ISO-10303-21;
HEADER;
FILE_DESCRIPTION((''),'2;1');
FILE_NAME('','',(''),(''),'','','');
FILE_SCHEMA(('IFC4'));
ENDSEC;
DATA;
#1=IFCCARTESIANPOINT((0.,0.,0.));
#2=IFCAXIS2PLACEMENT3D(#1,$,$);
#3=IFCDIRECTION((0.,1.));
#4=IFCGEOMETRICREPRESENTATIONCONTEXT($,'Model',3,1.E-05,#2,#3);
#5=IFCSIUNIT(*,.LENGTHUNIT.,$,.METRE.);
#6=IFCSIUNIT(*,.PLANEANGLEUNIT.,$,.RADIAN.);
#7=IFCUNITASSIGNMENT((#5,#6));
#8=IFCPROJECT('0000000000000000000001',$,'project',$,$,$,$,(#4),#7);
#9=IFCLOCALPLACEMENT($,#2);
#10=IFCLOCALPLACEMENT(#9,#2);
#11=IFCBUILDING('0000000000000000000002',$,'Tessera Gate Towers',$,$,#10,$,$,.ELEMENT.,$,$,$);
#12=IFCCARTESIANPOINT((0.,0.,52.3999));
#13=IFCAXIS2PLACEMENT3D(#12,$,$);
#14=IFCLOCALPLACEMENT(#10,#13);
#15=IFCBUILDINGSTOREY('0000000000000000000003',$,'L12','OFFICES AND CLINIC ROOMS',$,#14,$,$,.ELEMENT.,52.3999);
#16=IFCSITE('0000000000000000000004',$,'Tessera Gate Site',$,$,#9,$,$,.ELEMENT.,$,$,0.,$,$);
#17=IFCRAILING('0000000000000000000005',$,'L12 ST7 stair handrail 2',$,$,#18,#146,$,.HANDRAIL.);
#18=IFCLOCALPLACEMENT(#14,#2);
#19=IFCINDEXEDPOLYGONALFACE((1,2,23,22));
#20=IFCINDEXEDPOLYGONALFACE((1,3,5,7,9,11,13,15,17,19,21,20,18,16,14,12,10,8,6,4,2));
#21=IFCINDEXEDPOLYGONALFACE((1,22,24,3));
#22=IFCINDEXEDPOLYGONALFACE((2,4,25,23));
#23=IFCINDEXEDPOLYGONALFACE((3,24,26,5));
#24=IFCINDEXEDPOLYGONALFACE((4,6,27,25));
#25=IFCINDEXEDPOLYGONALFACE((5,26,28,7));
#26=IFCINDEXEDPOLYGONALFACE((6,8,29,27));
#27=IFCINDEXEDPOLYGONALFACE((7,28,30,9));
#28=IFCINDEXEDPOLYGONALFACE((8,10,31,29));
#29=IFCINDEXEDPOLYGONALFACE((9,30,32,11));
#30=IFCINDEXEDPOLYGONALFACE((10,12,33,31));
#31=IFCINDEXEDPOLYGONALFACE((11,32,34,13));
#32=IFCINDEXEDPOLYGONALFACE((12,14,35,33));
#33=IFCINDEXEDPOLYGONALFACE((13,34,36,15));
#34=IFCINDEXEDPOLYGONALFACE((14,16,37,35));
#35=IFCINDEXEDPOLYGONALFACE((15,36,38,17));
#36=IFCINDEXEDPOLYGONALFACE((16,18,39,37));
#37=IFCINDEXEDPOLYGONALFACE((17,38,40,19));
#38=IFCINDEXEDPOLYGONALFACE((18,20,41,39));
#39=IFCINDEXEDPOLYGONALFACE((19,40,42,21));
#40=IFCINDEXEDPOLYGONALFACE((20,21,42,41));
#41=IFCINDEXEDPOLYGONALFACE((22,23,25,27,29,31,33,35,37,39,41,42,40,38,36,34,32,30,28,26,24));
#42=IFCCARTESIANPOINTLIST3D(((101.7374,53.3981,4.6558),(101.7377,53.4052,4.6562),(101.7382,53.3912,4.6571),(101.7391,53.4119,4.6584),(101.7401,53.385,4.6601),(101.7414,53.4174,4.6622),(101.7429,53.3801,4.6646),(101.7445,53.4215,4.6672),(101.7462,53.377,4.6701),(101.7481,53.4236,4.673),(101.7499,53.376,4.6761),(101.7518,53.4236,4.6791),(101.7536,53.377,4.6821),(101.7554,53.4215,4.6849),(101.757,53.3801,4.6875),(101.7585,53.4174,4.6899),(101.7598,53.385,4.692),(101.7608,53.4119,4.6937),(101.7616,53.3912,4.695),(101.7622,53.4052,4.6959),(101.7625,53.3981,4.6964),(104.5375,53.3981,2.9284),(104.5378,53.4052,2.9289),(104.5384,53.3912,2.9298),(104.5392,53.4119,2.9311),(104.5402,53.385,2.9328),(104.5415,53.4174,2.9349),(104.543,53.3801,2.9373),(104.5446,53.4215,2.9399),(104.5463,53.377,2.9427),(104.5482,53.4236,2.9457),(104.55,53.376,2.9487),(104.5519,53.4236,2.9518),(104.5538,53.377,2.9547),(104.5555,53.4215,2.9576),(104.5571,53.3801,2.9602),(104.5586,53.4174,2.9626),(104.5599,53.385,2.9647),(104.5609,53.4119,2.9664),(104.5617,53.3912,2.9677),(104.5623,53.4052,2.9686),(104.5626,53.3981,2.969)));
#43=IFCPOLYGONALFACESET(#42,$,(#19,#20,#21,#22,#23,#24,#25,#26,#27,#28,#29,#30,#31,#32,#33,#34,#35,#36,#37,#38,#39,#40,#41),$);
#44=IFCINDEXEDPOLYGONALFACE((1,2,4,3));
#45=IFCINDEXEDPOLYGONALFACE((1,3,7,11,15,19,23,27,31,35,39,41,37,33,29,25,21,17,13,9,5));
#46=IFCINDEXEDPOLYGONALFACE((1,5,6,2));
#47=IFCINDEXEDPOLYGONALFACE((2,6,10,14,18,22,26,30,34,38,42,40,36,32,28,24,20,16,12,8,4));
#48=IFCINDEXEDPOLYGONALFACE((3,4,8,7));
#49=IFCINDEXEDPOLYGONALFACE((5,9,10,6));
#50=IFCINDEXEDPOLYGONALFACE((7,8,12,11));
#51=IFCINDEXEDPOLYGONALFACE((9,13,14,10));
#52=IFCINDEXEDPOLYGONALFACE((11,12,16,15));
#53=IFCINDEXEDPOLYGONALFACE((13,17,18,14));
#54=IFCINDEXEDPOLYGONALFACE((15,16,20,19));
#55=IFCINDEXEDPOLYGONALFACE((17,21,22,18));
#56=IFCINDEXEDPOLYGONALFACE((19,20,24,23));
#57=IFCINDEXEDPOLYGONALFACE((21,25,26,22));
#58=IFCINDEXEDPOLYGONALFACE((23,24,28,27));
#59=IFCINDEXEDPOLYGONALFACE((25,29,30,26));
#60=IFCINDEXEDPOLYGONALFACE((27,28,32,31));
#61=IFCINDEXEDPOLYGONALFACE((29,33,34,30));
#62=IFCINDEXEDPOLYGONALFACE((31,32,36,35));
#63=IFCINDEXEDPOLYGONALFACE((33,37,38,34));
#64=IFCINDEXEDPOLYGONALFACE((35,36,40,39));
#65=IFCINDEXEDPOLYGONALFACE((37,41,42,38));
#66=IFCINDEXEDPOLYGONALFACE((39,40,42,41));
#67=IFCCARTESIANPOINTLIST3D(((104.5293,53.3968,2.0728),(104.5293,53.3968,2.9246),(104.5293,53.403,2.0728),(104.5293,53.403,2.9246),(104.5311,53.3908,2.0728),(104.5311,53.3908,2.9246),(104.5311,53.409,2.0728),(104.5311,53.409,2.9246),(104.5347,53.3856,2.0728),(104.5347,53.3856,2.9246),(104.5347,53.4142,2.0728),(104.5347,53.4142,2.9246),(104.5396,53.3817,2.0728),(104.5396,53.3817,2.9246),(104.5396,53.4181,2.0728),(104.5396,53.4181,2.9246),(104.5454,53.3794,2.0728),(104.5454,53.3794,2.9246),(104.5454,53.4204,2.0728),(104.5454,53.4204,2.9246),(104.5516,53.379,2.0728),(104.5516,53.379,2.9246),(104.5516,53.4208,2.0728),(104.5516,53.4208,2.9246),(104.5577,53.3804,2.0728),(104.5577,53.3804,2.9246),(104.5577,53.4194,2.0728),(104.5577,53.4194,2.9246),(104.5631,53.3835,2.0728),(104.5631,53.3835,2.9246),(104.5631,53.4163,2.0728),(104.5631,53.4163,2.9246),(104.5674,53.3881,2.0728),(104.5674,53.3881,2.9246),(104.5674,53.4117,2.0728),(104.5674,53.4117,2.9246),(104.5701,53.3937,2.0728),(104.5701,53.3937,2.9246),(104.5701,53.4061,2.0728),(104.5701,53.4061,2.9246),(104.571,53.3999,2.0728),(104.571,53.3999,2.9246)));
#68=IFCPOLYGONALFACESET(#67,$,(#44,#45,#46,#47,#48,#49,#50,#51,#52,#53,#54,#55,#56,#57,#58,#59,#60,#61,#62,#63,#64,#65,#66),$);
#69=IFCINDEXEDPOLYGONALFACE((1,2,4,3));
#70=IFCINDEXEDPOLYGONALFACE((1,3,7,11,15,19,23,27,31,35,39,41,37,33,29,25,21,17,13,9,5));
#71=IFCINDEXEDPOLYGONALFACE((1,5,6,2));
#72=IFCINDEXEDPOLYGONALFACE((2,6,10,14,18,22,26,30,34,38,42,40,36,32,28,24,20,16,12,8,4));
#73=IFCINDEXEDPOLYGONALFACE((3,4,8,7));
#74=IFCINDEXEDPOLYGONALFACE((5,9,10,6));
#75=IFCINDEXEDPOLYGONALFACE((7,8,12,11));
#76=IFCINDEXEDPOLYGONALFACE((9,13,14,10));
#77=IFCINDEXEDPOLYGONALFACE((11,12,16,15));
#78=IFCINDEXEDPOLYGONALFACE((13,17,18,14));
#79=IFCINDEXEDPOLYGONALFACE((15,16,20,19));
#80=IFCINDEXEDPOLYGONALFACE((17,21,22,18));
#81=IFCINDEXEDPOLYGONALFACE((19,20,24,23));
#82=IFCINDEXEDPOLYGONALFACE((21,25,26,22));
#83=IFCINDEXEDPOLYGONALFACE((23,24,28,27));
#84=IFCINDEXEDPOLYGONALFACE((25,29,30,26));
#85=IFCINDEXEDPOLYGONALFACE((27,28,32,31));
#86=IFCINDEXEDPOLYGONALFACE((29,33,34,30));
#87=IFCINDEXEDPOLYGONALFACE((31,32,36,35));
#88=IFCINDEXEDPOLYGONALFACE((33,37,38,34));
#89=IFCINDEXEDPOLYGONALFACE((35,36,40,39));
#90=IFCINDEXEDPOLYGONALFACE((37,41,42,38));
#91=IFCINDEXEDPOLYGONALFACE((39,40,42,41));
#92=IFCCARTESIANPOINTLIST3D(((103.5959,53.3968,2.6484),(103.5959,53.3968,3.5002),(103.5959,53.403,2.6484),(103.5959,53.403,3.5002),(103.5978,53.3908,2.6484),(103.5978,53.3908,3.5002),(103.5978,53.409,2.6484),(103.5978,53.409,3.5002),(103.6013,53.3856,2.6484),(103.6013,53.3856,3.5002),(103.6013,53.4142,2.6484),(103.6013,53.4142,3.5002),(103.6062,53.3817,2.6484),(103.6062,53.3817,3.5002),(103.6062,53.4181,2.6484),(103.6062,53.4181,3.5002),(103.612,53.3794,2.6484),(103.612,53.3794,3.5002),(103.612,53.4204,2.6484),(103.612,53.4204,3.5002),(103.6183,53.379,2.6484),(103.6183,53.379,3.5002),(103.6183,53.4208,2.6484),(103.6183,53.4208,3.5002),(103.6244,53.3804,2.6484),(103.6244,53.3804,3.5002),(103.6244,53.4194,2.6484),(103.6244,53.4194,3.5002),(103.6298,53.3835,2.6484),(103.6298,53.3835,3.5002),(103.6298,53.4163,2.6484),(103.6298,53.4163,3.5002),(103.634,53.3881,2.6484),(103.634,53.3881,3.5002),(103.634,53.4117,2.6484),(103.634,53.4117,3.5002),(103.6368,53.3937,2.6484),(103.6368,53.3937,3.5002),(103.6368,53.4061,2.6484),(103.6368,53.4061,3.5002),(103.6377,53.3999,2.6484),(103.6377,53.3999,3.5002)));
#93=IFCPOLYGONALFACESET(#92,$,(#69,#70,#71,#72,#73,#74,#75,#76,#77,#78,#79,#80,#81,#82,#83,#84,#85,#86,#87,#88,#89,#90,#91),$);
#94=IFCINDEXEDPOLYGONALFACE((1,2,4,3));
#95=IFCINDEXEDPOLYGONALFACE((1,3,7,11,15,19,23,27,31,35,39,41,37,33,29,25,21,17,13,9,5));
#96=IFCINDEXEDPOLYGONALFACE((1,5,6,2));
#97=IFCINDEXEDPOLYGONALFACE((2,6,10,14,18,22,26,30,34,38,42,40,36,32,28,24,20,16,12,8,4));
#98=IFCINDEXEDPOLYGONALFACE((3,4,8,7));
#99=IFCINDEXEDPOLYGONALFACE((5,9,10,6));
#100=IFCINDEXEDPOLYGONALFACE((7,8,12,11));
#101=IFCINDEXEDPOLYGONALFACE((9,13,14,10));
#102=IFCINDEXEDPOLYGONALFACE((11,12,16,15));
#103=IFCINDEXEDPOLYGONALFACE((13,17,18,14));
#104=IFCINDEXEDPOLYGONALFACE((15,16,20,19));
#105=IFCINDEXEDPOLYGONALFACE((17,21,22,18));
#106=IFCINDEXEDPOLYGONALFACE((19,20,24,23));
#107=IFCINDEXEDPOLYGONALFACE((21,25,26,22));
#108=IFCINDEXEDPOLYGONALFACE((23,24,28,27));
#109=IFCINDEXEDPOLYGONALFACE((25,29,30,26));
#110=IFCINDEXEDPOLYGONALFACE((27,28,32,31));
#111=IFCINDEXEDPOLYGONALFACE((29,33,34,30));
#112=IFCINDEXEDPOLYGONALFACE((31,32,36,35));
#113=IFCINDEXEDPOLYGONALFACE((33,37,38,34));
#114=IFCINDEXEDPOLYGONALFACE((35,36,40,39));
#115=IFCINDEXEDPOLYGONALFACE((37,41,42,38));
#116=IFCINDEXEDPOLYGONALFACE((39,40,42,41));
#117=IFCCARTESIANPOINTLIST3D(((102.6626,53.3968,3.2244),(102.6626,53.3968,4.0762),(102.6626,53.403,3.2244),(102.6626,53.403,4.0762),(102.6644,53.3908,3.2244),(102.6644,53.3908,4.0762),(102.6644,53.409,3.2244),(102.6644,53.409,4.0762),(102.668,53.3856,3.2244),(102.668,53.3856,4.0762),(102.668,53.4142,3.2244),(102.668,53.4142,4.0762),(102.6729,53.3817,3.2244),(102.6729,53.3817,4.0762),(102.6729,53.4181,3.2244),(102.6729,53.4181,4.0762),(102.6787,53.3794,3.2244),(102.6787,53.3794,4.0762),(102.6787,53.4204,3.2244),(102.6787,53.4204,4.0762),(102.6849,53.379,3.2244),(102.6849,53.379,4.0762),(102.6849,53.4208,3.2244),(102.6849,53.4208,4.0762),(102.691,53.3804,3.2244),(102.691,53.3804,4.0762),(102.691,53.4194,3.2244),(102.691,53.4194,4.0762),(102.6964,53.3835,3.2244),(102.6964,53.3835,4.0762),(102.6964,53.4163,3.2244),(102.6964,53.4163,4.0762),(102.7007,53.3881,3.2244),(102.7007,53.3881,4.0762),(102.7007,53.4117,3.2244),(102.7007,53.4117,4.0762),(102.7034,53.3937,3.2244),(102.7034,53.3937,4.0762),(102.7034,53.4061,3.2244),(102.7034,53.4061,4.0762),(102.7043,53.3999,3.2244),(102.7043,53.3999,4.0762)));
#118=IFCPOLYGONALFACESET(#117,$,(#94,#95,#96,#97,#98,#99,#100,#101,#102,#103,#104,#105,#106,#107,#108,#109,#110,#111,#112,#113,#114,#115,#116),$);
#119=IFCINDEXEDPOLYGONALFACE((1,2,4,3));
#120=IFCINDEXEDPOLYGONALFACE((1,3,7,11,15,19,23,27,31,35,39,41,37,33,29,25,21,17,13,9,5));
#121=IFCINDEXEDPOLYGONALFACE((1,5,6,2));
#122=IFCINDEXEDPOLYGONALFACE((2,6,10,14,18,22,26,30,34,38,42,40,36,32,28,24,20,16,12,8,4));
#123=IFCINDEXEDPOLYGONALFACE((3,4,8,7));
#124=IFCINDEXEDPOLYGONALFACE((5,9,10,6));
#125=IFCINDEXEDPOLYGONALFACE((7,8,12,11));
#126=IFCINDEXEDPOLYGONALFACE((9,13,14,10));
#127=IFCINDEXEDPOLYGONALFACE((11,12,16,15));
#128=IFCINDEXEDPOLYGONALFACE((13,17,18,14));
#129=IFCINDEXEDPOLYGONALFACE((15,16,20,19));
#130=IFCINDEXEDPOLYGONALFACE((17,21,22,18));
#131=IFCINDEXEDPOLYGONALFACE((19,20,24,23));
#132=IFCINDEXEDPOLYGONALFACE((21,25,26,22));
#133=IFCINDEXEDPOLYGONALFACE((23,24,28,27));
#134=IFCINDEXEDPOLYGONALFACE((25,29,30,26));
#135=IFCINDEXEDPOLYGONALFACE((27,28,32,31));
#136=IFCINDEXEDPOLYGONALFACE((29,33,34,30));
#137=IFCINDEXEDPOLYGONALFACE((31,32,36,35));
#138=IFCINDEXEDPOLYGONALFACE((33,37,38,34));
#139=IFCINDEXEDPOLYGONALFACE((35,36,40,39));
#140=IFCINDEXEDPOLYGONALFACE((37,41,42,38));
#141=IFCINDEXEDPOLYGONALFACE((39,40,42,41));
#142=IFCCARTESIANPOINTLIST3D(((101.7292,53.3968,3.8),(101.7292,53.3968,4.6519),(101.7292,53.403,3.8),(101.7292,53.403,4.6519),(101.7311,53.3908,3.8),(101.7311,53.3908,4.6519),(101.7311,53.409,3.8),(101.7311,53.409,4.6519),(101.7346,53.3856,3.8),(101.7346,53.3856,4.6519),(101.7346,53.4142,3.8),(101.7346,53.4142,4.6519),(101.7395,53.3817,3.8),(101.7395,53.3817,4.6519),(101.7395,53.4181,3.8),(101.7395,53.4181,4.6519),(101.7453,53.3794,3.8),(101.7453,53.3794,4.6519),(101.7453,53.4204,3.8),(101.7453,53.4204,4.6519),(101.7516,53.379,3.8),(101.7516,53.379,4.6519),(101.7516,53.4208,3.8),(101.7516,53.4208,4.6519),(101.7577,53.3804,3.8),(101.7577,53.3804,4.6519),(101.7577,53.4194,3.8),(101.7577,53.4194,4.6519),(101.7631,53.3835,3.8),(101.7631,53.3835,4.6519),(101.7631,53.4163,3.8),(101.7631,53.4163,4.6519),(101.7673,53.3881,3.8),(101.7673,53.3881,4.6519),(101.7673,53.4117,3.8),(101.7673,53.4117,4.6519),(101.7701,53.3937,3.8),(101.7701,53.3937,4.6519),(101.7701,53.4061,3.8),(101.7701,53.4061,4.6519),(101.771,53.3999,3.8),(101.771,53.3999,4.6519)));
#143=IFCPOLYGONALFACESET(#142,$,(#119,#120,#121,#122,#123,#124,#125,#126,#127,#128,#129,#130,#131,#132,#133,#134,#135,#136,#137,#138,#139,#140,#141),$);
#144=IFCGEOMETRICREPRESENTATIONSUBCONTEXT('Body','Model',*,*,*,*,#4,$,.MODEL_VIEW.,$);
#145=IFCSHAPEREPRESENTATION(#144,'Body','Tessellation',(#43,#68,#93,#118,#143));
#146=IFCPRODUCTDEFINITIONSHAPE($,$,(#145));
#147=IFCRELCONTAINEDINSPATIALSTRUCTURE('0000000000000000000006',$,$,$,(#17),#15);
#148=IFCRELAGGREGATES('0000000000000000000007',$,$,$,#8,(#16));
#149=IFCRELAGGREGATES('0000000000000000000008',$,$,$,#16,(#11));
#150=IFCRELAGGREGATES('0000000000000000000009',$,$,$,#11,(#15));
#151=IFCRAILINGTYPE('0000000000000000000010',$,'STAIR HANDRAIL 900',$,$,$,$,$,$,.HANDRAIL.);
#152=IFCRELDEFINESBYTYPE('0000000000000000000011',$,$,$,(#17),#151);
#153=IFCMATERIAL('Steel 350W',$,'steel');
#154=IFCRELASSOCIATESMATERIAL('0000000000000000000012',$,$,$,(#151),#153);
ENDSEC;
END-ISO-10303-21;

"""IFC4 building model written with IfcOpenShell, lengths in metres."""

from ifc_helpers import new_model, si_unit, direction, frame, origin, origin_2d, place, context, subcontext, project, spatial, circle, extrude, material, type_object, element, save


model = new_model("IFC4")

# Units and contexts
model_context = context("Model", 3, precision=1e-05, world=origin(), true_north=direction((0.0, 1.0)))
body_context = subcontext(model_context, "Body", "Model", "MODEL_VIEW")
ifc_project = project(units=[si_unit("LENGTHUNIT", "METRE"), si_unit("PLANEANGLEUNIT", "RADIAN")], contexts=[model_context])

# Site, building, storey
site_placement = place(None, origin())
site = spatial("IfcSite", under=ifc_project, at=site_placement, Name="Tessera Gate Site", CompositionType="ELEMENT", RefElevation=0.0)
building_placement = place(site_placement, origin())
building = spatial("IfcBuilding", under=site, at=building_placement, Name="Tessera Gate Towers", CompositionType="ELEMENT")
storey_placement = place(building_placement, frame((0.0, 0.0, 52.3999)))
storey = spatial("IfcBuildingStorey", under=building, at=storey_placement, Name="L12", Description="OFFICES AND CLINIC ROOMS", CompositionType="ELEMENT", Elevation=52.3999)

# Railing
ifc_material_1 = material(Name="Steel 350W", Category="steel")
railing_type_1 = type_object("IfcRailingType", Name="STAIR HANDRAIL 900", PredefinedType="HANDRAIL", material=ifc_material_1)
railing_1_placement = place(storey_placement, frame((104.55, 53.3999, 2.0728)))
element("IfcRailing", 1, at=railing_1_placement, inside=storey, type_object=railing_type_1, Name="L12 ST7 stair handrail 2", PredefinedType="HANDRAIL", context=body_context, shape_type="SweptSolid", body=[
    extrude(circle(Radius=0.0239, at=origin_2d()), frame((0.0, 0.0, 0.876), z_axis=(-0.85109, 0.0, 0.52502), x_axis=(0.0, -1.0, 0.0)), (0.0, 0.0, 1.0), 3.29),
    extrude(circle(Radius=0.021, at=origin_2d()), origin(), (0.0, 0.0, 1.0), 0.8518),
    extrude(circle(Radius=0.021, at=origin_2d()), frame((-0.9333, 0.0, 0.5757)), (0.0, 0.0, 1.0), 0.8518),
    extrude(circle(Radius=0.021, at=origin_2d()), frame((-1.8667, 0.0, 1.1516)), (0.0, 0.0, 1.0), 0.8518),
    extrude(circle(Radius=0.021, at=origin_2d()), frame((-2.8, 0.0, 1.7273)), (0.0, 0.0, 1.0), 0.8518),
])

save(model, "model.ifc")
